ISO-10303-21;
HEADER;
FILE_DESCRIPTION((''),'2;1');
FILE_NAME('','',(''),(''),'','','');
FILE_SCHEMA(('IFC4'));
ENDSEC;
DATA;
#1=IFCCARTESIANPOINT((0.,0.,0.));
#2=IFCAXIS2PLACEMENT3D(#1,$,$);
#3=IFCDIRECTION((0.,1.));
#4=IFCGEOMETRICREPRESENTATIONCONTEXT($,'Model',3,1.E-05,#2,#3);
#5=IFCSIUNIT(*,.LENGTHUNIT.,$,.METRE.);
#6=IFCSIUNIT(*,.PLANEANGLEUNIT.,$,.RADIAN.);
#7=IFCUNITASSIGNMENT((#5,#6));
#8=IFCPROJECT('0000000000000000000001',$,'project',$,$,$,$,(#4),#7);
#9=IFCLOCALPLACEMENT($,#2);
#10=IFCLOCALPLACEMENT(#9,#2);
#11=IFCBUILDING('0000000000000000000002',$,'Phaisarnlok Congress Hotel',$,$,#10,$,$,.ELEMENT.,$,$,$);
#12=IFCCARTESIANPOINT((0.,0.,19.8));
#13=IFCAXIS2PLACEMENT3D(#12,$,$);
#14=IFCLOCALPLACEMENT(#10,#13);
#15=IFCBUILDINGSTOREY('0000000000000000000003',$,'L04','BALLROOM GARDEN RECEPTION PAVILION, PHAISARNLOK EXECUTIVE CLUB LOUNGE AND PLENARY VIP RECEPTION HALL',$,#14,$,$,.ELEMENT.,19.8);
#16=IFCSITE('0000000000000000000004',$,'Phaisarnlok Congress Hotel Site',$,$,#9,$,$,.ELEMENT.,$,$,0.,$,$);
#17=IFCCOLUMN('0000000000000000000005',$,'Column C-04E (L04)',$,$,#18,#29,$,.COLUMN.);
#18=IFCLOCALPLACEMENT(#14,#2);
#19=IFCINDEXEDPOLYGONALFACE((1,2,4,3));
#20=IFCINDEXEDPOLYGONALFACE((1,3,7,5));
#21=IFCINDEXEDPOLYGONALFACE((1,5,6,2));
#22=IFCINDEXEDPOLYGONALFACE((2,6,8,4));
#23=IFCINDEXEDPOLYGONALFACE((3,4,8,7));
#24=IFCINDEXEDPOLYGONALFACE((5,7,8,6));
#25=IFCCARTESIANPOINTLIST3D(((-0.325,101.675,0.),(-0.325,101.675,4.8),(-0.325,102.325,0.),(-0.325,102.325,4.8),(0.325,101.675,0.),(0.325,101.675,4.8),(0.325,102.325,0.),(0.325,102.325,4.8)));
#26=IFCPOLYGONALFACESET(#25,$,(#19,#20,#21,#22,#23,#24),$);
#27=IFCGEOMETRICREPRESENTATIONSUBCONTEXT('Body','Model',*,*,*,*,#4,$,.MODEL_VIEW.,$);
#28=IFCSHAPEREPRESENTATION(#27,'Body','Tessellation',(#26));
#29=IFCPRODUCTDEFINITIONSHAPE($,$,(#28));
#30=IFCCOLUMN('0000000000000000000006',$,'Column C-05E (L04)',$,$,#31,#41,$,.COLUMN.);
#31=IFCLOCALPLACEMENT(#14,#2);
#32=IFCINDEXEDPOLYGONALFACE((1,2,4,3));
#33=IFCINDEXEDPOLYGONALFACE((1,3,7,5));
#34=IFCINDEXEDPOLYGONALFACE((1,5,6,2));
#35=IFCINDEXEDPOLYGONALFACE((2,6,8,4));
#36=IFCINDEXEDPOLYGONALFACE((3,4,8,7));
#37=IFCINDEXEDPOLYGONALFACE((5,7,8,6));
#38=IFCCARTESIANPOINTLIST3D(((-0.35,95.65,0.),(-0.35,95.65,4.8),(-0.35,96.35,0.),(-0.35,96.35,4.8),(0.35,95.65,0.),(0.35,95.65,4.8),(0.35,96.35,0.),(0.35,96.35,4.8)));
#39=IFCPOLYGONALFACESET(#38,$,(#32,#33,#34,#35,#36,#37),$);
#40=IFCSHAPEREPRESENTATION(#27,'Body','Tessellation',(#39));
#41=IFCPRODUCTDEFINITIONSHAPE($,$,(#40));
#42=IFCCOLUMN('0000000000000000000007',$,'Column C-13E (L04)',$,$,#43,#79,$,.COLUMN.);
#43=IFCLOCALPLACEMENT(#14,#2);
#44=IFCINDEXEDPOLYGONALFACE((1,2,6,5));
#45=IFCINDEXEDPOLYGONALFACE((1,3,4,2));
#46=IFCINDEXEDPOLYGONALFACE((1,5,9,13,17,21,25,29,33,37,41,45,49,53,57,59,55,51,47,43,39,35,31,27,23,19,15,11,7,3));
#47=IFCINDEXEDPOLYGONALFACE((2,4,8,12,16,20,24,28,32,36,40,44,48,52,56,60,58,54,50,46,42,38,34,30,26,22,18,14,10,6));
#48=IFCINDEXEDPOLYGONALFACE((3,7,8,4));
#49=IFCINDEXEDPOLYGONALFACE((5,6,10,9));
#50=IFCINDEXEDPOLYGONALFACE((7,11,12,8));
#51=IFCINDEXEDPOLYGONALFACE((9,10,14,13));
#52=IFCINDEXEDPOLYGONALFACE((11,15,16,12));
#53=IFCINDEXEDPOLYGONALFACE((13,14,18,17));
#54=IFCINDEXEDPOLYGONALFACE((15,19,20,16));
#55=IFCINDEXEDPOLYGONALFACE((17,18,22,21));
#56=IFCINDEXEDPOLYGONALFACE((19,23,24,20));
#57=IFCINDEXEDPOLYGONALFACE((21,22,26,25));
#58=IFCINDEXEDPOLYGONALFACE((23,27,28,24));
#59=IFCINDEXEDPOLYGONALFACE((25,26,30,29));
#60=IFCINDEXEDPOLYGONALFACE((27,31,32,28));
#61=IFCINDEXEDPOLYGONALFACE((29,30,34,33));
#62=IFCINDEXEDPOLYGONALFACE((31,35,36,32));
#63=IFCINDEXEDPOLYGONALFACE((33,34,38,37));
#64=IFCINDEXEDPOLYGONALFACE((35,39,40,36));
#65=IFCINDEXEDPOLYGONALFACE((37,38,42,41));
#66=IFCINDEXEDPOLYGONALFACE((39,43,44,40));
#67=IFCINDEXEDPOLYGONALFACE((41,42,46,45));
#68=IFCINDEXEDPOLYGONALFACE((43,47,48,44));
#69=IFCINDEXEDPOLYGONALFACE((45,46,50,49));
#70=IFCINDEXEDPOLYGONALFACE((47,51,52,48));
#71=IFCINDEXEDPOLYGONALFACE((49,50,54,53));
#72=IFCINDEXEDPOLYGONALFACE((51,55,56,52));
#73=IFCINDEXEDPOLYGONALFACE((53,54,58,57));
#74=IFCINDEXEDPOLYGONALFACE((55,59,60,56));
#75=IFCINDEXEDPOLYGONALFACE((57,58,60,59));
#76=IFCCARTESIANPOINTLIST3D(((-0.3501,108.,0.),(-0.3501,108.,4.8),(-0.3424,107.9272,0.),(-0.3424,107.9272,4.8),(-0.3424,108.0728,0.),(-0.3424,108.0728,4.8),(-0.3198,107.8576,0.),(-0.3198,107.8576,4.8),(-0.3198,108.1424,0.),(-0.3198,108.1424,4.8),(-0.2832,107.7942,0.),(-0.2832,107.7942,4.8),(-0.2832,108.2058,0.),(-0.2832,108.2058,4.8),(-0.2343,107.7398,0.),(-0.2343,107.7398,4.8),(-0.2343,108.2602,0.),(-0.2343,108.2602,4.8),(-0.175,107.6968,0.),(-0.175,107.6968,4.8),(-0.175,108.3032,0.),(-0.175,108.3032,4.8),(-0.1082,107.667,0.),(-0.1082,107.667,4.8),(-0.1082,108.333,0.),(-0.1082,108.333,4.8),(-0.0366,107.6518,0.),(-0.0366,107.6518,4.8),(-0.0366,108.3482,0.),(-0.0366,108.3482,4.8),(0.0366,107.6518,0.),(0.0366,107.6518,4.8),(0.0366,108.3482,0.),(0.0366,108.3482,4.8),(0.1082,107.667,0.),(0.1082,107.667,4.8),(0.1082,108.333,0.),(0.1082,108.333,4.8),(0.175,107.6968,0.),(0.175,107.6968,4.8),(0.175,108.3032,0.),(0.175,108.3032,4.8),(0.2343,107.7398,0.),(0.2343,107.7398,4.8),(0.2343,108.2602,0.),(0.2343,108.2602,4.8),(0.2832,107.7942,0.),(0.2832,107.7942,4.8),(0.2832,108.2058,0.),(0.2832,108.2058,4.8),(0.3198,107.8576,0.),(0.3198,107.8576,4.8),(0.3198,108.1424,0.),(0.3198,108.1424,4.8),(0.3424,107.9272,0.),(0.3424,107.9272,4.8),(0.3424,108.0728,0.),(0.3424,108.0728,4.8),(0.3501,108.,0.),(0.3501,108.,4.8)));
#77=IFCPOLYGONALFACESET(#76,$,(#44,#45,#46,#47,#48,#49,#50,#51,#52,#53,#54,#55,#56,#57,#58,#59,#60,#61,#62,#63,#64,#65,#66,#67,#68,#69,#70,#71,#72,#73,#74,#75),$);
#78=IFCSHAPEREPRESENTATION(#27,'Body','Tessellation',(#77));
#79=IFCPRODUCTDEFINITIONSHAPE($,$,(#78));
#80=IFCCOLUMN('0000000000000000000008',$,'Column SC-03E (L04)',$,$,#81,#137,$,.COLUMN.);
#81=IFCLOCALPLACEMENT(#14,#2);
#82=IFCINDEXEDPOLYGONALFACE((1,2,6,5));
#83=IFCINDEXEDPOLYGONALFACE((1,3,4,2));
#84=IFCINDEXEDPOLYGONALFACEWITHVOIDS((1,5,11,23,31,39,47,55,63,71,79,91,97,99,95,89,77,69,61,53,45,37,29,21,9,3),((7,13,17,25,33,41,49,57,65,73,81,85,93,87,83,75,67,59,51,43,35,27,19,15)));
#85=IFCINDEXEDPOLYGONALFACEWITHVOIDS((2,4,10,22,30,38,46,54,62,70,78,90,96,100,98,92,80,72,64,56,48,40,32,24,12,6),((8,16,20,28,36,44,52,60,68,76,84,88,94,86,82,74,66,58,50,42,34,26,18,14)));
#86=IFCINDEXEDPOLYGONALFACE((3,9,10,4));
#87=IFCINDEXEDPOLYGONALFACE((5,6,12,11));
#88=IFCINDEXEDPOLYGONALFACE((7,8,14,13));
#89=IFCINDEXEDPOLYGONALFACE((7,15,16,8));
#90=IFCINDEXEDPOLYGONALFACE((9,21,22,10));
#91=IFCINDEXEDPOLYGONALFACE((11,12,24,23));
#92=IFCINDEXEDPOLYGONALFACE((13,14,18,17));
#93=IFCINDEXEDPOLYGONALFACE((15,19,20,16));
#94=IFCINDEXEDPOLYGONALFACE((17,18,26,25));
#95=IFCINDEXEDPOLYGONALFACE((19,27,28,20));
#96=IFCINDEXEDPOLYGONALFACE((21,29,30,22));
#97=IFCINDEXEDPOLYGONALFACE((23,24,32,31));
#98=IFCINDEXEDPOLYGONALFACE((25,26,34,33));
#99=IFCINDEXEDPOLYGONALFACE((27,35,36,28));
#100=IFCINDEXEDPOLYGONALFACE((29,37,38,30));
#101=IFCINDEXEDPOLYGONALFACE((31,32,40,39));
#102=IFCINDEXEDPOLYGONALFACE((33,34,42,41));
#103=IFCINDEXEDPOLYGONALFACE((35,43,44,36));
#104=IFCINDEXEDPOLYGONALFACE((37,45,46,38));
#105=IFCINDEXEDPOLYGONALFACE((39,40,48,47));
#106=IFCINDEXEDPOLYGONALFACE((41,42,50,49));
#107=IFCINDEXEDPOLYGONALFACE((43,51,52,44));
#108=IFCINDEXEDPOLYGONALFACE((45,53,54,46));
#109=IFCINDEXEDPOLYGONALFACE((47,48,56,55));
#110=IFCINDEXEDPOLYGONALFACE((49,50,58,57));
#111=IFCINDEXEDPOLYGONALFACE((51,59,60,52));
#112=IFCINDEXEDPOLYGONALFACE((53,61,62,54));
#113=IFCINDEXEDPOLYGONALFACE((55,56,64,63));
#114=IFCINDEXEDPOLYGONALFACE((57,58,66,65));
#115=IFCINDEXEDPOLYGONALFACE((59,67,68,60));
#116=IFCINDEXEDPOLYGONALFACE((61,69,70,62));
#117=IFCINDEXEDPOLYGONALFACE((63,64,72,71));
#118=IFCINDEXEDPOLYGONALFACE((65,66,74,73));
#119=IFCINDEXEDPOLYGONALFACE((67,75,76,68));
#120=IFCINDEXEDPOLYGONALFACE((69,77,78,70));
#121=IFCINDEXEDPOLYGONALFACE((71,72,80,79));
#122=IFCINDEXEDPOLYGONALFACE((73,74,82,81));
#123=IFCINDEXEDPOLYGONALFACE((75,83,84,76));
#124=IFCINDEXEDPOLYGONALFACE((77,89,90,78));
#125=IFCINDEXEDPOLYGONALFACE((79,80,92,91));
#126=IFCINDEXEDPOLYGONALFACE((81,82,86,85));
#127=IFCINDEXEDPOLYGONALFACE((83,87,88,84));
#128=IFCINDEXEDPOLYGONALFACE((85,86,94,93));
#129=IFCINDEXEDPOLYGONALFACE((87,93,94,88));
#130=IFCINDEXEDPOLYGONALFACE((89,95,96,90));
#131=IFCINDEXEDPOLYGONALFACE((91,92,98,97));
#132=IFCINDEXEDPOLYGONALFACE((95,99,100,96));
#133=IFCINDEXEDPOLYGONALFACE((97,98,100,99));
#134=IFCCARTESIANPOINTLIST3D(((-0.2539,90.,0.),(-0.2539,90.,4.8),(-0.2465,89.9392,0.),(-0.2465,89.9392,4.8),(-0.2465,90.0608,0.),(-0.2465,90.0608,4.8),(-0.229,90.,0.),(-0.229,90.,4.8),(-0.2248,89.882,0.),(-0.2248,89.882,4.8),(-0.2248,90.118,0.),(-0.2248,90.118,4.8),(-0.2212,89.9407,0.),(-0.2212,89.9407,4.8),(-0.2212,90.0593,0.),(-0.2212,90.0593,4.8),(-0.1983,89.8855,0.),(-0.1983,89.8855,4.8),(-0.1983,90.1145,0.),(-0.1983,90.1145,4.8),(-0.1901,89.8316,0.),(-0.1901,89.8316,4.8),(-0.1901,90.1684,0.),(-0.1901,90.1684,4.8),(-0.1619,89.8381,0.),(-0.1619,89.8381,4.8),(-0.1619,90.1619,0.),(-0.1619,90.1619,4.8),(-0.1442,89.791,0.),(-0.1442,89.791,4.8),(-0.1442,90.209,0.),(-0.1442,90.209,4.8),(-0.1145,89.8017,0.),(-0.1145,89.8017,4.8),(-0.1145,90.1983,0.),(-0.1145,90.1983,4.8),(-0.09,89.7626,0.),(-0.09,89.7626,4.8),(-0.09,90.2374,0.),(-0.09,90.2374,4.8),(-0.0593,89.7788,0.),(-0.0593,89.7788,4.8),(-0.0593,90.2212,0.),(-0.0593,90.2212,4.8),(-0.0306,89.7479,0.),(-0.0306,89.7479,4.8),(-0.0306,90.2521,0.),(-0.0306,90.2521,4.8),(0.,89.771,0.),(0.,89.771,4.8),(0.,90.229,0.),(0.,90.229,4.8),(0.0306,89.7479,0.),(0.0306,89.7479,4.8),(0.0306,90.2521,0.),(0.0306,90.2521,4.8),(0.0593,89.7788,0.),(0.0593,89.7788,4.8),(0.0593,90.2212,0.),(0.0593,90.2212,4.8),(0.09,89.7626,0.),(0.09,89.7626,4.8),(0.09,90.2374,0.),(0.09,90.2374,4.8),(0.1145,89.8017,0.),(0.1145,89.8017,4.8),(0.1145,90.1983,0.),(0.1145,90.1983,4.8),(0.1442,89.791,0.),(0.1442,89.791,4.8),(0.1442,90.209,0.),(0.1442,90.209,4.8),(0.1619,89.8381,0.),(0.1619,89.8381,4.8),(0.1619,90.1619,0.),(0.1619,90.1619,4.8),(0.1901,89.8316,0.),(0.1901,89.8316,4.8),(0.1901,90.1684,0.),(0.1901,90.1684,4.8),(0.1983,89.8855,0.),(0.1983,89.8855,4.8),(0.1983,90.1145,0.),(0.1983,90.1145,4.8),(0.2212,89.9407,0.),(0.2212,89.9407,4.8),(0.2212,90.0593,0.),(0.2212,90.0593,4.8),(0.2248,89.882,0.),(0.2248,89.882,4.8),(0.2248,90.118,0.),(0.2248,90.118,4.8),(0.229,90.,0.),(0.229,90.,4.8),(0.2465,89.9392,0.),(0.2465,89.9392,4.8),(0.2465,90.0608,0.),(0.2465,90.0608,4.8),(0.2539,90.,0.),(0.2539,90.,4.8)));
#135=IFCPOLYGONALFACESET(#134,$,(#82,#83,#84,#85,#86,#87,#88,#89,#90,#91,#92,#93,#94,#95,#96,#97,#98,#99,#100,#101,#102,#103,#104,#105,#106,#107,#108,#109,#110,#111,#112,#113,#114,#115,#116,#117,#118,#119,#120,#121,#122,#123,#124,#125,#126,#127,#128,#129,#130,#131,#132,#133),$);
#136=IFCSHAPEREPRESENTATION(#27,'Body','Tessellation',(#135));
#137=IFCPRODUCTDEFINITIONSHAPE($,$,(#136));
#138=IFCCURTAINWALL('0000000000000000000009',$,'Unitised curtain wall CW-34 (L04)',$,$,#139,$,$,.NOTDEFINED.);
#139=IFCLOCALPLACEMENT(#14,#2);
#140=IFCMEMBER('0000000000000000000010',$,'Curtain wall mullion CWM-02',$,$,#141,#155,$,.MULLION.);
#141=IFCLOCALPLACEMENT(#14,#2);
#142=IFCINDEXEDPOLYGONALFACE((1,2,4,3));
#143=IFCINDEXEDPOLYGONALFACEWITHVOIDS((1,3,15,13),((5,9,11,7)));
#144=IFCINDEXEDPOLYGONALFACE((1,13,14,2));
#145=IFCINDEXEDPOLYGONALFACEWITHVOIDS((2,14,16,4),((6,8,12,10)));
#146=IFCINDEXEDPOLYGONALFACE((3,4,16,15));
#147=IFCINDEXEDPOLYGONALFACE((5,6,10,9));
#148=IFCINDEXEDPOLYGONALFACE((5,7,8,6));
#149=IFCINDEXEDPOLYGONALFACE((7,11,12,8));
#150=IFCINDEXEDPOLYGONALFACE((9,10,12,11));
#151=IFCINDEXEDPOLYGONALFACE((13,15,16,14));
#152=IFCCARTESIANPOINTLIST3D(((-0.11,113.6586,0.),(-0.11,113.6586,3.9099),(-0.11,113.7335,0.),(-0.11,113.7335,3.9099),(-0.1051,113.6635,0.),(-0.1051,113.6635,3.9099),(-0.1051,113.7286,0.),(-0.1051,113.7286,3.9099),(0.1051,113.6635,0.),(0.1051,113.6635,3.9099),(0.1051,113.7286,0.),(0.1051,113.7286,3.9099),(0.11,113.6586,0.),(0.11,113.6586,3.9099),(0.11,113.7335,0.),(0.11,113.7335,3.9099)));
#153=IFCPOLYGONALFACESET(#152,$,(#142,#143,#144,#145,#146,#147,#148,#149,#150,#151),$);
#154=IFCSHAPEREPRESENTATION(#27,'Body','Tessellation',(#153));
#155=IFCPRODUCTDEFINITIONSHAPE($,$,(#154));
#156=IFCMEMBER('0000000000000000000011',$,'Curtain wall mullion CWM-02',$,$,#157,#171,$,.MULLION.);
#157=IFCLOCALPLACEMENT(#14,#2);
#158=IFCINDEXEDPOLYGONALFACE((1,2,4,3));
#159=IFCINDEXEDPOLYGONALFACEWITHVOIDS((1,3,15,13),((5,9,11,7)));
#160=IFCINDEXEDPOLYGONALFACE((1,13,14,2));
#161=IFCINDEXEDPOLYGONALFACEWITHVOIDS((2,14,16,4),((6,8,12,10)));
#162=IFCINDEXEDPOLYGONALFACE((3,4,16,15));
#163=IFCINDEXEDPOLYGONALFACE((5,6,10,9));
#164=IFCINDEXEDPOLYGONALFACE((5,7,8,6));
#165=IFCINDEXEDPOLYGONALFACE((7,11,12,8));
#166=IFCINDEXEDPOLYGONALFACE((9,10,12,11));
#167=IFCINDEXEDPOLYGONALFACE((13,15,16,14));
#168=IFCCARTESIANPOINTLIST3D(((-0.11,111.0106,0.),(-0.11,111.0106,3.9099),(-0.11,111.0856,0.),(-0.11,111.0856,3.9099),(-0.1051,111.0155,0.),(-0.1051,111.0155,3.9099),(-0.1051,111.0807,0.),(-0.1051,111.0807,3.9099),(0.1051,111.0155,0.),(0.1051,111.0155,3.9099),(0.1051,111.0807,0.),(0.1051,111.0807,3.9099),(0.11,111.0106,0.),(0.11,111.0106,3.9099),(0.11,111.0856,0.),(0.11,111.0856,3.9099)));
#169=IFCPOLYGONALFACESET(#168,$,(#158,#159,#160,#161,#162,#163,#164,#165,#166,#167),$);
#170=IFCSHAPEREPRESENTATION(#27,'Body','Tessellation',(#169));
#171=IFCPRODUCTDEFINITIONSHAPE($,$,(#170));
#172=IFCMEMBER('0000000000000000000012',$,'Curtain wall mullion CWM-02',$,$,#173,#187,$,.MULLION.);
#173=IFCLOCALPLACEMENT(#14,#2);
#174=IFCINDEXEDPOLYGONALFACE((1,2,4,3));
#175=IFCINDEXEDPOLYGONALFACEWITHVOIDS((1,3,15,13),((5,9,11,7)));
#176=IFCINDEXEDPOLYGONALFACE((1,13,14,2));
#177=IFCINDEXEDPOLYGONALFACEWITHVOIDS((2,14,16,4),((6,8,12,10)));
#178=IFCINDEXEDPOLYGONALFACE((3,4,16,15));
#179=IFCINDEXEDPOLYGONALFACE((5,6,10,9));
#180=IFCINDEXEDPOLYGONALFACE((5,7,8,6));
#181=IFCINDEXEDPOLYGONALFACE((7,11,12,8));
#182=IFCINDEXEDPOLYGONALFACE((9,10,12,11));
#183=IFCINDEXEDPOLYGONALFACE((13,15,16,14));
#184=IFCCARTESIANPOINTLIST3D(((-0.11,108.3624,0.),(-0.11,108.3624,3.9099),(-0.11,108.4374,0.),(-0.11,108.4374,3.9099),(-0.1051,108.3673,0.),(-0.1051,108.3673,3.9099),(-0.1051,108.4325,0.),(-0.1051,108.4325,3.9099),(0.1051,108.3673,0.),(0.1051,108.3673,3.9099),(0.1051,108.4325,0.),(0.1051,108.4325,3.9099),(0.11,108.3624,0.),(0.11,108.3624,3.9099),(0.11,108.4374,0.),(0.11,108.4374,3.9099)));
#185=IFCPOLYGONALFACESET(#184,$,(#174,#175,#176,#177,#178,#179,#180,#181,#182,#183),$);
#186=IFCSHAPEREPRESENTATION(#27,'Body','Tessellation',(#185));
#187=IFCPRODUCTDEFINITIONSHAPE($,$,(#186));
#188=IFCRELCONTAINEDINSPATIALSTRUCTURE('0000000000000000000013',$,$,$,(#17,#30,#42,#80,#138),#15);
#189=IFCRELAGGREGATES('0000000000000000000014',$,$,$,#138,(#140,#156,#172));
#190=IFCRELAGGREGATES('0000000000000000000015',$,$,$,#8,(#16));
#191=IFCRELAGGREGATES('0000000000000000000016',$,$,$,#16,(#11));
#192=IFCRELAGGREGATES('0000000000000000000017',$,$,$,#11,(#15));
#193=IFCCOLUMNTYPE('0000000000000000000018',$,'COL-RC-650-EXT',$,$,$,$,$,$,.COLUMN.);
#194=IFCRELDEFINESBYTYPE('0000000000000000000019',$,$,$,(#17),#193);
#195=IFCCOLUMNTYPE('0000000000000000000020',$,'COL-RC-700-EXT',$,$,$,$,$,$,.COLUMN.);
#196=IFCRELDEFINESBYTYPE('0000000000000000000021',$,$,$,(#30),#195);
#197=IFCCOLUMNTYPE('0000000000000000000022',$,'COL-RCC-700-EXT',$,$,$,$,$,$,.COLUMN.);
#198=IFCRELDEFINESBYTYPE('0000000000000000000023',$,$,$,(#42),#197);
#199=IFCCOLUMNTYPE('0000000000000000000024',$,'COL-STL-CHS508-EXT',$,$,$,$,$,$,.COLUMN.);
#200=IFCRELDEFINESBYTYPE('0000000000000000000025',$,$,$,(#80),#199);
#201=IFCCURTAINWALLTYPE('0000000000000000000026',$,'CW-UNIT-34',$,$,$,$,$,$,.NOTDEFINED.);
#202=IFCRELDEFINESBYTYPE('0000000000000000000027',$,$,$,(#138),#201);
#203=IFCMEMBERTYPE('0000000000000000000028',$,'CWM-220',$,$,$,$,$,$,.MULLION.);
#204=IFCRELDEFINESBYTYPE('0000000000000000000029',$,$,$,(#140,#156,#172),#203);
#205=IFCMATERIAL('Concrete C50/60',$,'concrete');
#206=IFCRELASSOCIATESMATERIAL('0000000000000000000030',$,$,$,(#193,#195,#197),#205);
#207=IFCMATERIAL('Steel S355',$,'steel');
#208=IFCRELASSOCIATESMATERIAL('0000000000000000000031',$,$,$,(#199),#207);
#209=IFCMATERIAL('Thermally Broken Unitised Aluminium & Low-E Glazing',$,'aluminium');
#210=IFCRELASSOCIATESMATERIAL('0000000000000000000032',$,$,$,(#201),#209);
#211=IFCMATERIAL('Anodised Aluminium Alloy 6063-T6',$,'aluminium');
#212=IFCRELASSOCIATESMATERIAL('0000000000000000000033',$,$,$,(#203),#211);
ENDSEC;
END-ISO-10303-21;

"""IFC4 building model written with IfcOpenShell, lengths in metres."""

from ifc_helpers import new_model, si_unit, direction, frame, origin, origin_2d, place, context, subcontext, project, spatial, rectangle, hollow_rectangle, circle, hollow_circle, extrude, material, material_profile, profile_set, type_object, element, aggregate, save


model = new_model("IFC4")

# Units and contexts
model_context = context("Model", 3, precision=1e-05, world=origin(), true_north=direction((0.0, 1.0)))
body_context = subcontext(model_context, "Body", "Model", "MODEL_VIEW")
ifc_project = project(units=[si_unit("LENGTHUNIT", "METRE"), si_unit("PLANEANGLEUNIT", "RADIAN")], contexts=[model_context])

# Site, building, storey
site_placement = place(None, origin())
site = spatial("IfcSite", under=ifc_project, at=site_placement, Name="Phaisarnlok Congress Hotel Site", CompositionType="ELEMENT", RefElevation=0.0)
building_placement = place(site_placement, origin())
building = spatial("IfcBuilding", under=site, at=building_placement, Name="Phaisarnlok Congress Hotel", CompositionType="ELEMENT")
storey_placement = place(building_placement, frame((0.0, 0.0, 19.8)))
storey = spatial("IfcBuildingStorey", under=building, at=storey_placement, Name="L04", Description="BALLROOM GARDEN RECEPTION PAVILION, PHAISARNLOK EXECUTIVE CLUB LOUNGE AND PLENARY VIP RECEPTION HALL", CompositionType="ELEMENT", Elevation=19.8)

# Columns
ifc_material_1 = material(Name="Concrete C50/60", Category="concrete")
ifc_material_profile_1 = material_profile(ifc_material_1, rectangle(XDim=0.6499, YDim=0.6499, at=origin_2d()), Name="RC 650x650")
ifc_profile_set_1 = profile_set([ifc_material_profile_1], Name="Concrete C50/60")
column_type_1 = type_object("IfcColumnType", Name="COL-RC-650-EXT", PredefinedType="COLUMN", material=ifc_profile_set_1)
column_1_placement = place(storey_placement, frame((0.0, 102.0, 0.0), z_axis=(0.0, 0.0, 1.0), x_axis=(1.0, 0.0, 0.0)))
element("IfcColumn", 1, at=column_1_placement, inside=storey, type_object=column_type_1, Name="Column C-04E (L04)", PredefinedType="COLUMN", context=body_context, shape_type="SweptSolid", body=[
    extrude(rectangle(XDim=0.6499, YDim=0.6499, at=origin_2d()), origin(), (0.0, 0.0, 1.0), 4.8),
])
ifc_material_profile_2 = material_profile(ifc_material_1, rectangle(XDim=0.7, YDim=0.7, at=origin_2d()), Name="RC 700x700")
ifc_profile_set_2 = profile_set([ifc_material_profile_2], Name="Concrete C50/60")
column_type_2 = type_object("IfcColumnType", Name="COL-RC-700-EXT", PredefinedType="COLUMN", material=ifc_profile_set_2)
column_2_placement = place(storey_placement, frame((0.0, 96.0, 0.0), z_axis=(0.0, 0.0, 1.0), x_axis=(1.0, 0.0, 0.0)))
element("IfcColumn", 2, at=column_2_placement, inside=storey, type_object=column_type_2, Name="Column C-05E (L04)", PredefinedType="COLUMN", context=body_context, shape_type="SweptSolid", body=[
    extrude(rectangle(XDim=0.7, YDim=0.7, at=origin_2d()), origin(), (0.0, 0.0, 1.0), 4.8),
])
ifc_material_profile_3 = material_profile(ifc_material_1, circle(Radius=0.3501, at=origin_2d()), Name="RCC D700")
ifc_profile_set_3 = profile_set([ifc_material_profile_3], Name="Concrete C50/60")
column_type_3 = type_object("IfcColumnType", Name="COL-RCC-700-EXT", PredefinedType="COLUMN", material=ifc_profile_set_3)
column_3_placement = place(storey_placement, frame((0.0, 108.0, 0.0), z_axis=(0.0, 0.0, 1.0), x_axis=(1.0, 0.0, 0.0)))
element("IfcColumn", 3, at=column_3_placement, inside=storey, type_object=column_type_3, Name="Column C-13E (L04)", PredefinedType="COLUMN", context=body_context, shape_type="SweptSolid", body=[
    extrude(circle(Radius=0.3501, at=origin_2d()), origin(), (0.0, 0.0, 1.0), 4.8),
])
ifc_material_2 = material(Name="Steel S355", Category="steel")
ifc_material_profile_4 = material_profile(ifc_material_2, hollow_circle(Radius=0.2539, WallThickness=0.0249, at=origin_2d()), Name="CHS 508x25")
ifc_profile_set_4 = profile_set([ifc_material_profile_4], Name="Steel S355")
column_type_4 = type_object("IfcColumnType", Name="COL-STL-CHS508-EXT", PredefinedType="COLUMN", material=ifc_profile_set_4)
column_4_placement = place(storey_placement, frame((0.0, 90.0, 0.0), z_axis=(0.0, 0.0, 1.0), x_axis=(1.0, 0.0, 0.0)))
element("IfcColumn", 4, at=column_4_placement, inside=storey, type_object=column_type_4, Name="Column SC-03E (L04)", PredefinedType="COLUMN", context=body_context, shape_type="SweptSolid", body=[
    extrude(hollow_circle(Radius=0.2539, WallThickness=0.0249, at=origin_2d()), origin(), (0.0, 0.0, 1.0), 4.8),
])

# Curtain wall, members
ifc_material_3 = material(Name="Thermally Broken Unitised Aluminium & Low-E Glazing", Category="aluminium")
curtain_wall_type = type_object("IfcCurtainWallType", Name="CW-UNIT-34", PredefinedType="NOTDEFINED", material=ifc_material_3)
curtain_wall_placement = place(storey_placement, origin())
curtain_wall = element("IfcCurtainWall", 5, at=curtain_wall_placement, inside=storey, type_object=curtain_wall_type, Name="Unitised curtain wall CW-34 (L04)", PredefinedType="NOTDEFINED")
ifc_material_4 = material(Name="Anodised Aluminium Alloy 6063-T6", Category="aluminium")
ifc_material_profile_5 = material_profile(ifc_material_4, hollow_rectangle(XDim=0.075, YDim=0.22, WallThickness=0.0049, at=origin_2d()), Name="ALU-M 75x220x5")
ifc_profile_set_5 = profile_set([ifc_material_profile_5], Name="Anodised Aluminium Alloy 6063-T6")
member_type_1 = type_object("IfcMemberType", Name="CWM-220", PredefinedType="MULLION", material=ifc_profile_set_5)
member_1_placement = place(storey_placement, frame((0.0, 113.696, 0.0), z_axis=(0.0, 0.0, 1.0), x_axis=(0.0, -1.0, 0.0)))
member_1 = element("IfcMember", 6, at=member_1_placement, type_object=member_type_1, Name="Curtain wall mullion CWM-02", PredefinedType="MULLION", context=body_context, shape_type="SweptSolid", body=[
    extrude(hollow_rectangle(XDim=0.075, YDim=0.22, WallThickness=0.0049, at=origin_2d()), origin(), (0.0, 0.0, 1.0), 3.9099),
])
member_2_placement = place(storey_placement, frame((0.0, 111.0481, 0.0), z_axis=(0.0, 0.0, 1.0), x_axis=(0.0, -1.0, 0.0)))
member_2 = element("IfcMember", 7, at=member_2_placement, type_object=member_type_1, Name="Curtain wall mullion CWM-02", PredefinedType="MULLION", context=body_context, shape_type="SweptSolid", body=[
    extrude(hollow_rectangle(XDim=0.075, YDim=0.22, WallThickness=0.0049, at=origin_2d()), origin(), (0.0, 0.0, 1.0), 3.9099),
])
member_3_placement = place(storey_placement, frame((0.0, 108.3999, 0.0), z_axis=(0.0, 0.0, 1.0), x_axis=(0.0, -1.0, 0.0)))
member_3 = element("IfcMember", 8, at=member_3_placement, type_object=member_type_1, Name="Curtain wall mullion CWM-02", PredefinedType="MULLION", context=body_context, shape_type="SweptSolid", body=[
    extrude(hollow_rectangle(XDim=0.075, YDim=0.22, WallThickness=0.0049, at=origin_2d()), origin(), (0.0, 0.0, 1.0), 3.9099),
])

aggregate(curtain_wall, [member_1, member_2, member_3])

save(model, "model.ifc")
